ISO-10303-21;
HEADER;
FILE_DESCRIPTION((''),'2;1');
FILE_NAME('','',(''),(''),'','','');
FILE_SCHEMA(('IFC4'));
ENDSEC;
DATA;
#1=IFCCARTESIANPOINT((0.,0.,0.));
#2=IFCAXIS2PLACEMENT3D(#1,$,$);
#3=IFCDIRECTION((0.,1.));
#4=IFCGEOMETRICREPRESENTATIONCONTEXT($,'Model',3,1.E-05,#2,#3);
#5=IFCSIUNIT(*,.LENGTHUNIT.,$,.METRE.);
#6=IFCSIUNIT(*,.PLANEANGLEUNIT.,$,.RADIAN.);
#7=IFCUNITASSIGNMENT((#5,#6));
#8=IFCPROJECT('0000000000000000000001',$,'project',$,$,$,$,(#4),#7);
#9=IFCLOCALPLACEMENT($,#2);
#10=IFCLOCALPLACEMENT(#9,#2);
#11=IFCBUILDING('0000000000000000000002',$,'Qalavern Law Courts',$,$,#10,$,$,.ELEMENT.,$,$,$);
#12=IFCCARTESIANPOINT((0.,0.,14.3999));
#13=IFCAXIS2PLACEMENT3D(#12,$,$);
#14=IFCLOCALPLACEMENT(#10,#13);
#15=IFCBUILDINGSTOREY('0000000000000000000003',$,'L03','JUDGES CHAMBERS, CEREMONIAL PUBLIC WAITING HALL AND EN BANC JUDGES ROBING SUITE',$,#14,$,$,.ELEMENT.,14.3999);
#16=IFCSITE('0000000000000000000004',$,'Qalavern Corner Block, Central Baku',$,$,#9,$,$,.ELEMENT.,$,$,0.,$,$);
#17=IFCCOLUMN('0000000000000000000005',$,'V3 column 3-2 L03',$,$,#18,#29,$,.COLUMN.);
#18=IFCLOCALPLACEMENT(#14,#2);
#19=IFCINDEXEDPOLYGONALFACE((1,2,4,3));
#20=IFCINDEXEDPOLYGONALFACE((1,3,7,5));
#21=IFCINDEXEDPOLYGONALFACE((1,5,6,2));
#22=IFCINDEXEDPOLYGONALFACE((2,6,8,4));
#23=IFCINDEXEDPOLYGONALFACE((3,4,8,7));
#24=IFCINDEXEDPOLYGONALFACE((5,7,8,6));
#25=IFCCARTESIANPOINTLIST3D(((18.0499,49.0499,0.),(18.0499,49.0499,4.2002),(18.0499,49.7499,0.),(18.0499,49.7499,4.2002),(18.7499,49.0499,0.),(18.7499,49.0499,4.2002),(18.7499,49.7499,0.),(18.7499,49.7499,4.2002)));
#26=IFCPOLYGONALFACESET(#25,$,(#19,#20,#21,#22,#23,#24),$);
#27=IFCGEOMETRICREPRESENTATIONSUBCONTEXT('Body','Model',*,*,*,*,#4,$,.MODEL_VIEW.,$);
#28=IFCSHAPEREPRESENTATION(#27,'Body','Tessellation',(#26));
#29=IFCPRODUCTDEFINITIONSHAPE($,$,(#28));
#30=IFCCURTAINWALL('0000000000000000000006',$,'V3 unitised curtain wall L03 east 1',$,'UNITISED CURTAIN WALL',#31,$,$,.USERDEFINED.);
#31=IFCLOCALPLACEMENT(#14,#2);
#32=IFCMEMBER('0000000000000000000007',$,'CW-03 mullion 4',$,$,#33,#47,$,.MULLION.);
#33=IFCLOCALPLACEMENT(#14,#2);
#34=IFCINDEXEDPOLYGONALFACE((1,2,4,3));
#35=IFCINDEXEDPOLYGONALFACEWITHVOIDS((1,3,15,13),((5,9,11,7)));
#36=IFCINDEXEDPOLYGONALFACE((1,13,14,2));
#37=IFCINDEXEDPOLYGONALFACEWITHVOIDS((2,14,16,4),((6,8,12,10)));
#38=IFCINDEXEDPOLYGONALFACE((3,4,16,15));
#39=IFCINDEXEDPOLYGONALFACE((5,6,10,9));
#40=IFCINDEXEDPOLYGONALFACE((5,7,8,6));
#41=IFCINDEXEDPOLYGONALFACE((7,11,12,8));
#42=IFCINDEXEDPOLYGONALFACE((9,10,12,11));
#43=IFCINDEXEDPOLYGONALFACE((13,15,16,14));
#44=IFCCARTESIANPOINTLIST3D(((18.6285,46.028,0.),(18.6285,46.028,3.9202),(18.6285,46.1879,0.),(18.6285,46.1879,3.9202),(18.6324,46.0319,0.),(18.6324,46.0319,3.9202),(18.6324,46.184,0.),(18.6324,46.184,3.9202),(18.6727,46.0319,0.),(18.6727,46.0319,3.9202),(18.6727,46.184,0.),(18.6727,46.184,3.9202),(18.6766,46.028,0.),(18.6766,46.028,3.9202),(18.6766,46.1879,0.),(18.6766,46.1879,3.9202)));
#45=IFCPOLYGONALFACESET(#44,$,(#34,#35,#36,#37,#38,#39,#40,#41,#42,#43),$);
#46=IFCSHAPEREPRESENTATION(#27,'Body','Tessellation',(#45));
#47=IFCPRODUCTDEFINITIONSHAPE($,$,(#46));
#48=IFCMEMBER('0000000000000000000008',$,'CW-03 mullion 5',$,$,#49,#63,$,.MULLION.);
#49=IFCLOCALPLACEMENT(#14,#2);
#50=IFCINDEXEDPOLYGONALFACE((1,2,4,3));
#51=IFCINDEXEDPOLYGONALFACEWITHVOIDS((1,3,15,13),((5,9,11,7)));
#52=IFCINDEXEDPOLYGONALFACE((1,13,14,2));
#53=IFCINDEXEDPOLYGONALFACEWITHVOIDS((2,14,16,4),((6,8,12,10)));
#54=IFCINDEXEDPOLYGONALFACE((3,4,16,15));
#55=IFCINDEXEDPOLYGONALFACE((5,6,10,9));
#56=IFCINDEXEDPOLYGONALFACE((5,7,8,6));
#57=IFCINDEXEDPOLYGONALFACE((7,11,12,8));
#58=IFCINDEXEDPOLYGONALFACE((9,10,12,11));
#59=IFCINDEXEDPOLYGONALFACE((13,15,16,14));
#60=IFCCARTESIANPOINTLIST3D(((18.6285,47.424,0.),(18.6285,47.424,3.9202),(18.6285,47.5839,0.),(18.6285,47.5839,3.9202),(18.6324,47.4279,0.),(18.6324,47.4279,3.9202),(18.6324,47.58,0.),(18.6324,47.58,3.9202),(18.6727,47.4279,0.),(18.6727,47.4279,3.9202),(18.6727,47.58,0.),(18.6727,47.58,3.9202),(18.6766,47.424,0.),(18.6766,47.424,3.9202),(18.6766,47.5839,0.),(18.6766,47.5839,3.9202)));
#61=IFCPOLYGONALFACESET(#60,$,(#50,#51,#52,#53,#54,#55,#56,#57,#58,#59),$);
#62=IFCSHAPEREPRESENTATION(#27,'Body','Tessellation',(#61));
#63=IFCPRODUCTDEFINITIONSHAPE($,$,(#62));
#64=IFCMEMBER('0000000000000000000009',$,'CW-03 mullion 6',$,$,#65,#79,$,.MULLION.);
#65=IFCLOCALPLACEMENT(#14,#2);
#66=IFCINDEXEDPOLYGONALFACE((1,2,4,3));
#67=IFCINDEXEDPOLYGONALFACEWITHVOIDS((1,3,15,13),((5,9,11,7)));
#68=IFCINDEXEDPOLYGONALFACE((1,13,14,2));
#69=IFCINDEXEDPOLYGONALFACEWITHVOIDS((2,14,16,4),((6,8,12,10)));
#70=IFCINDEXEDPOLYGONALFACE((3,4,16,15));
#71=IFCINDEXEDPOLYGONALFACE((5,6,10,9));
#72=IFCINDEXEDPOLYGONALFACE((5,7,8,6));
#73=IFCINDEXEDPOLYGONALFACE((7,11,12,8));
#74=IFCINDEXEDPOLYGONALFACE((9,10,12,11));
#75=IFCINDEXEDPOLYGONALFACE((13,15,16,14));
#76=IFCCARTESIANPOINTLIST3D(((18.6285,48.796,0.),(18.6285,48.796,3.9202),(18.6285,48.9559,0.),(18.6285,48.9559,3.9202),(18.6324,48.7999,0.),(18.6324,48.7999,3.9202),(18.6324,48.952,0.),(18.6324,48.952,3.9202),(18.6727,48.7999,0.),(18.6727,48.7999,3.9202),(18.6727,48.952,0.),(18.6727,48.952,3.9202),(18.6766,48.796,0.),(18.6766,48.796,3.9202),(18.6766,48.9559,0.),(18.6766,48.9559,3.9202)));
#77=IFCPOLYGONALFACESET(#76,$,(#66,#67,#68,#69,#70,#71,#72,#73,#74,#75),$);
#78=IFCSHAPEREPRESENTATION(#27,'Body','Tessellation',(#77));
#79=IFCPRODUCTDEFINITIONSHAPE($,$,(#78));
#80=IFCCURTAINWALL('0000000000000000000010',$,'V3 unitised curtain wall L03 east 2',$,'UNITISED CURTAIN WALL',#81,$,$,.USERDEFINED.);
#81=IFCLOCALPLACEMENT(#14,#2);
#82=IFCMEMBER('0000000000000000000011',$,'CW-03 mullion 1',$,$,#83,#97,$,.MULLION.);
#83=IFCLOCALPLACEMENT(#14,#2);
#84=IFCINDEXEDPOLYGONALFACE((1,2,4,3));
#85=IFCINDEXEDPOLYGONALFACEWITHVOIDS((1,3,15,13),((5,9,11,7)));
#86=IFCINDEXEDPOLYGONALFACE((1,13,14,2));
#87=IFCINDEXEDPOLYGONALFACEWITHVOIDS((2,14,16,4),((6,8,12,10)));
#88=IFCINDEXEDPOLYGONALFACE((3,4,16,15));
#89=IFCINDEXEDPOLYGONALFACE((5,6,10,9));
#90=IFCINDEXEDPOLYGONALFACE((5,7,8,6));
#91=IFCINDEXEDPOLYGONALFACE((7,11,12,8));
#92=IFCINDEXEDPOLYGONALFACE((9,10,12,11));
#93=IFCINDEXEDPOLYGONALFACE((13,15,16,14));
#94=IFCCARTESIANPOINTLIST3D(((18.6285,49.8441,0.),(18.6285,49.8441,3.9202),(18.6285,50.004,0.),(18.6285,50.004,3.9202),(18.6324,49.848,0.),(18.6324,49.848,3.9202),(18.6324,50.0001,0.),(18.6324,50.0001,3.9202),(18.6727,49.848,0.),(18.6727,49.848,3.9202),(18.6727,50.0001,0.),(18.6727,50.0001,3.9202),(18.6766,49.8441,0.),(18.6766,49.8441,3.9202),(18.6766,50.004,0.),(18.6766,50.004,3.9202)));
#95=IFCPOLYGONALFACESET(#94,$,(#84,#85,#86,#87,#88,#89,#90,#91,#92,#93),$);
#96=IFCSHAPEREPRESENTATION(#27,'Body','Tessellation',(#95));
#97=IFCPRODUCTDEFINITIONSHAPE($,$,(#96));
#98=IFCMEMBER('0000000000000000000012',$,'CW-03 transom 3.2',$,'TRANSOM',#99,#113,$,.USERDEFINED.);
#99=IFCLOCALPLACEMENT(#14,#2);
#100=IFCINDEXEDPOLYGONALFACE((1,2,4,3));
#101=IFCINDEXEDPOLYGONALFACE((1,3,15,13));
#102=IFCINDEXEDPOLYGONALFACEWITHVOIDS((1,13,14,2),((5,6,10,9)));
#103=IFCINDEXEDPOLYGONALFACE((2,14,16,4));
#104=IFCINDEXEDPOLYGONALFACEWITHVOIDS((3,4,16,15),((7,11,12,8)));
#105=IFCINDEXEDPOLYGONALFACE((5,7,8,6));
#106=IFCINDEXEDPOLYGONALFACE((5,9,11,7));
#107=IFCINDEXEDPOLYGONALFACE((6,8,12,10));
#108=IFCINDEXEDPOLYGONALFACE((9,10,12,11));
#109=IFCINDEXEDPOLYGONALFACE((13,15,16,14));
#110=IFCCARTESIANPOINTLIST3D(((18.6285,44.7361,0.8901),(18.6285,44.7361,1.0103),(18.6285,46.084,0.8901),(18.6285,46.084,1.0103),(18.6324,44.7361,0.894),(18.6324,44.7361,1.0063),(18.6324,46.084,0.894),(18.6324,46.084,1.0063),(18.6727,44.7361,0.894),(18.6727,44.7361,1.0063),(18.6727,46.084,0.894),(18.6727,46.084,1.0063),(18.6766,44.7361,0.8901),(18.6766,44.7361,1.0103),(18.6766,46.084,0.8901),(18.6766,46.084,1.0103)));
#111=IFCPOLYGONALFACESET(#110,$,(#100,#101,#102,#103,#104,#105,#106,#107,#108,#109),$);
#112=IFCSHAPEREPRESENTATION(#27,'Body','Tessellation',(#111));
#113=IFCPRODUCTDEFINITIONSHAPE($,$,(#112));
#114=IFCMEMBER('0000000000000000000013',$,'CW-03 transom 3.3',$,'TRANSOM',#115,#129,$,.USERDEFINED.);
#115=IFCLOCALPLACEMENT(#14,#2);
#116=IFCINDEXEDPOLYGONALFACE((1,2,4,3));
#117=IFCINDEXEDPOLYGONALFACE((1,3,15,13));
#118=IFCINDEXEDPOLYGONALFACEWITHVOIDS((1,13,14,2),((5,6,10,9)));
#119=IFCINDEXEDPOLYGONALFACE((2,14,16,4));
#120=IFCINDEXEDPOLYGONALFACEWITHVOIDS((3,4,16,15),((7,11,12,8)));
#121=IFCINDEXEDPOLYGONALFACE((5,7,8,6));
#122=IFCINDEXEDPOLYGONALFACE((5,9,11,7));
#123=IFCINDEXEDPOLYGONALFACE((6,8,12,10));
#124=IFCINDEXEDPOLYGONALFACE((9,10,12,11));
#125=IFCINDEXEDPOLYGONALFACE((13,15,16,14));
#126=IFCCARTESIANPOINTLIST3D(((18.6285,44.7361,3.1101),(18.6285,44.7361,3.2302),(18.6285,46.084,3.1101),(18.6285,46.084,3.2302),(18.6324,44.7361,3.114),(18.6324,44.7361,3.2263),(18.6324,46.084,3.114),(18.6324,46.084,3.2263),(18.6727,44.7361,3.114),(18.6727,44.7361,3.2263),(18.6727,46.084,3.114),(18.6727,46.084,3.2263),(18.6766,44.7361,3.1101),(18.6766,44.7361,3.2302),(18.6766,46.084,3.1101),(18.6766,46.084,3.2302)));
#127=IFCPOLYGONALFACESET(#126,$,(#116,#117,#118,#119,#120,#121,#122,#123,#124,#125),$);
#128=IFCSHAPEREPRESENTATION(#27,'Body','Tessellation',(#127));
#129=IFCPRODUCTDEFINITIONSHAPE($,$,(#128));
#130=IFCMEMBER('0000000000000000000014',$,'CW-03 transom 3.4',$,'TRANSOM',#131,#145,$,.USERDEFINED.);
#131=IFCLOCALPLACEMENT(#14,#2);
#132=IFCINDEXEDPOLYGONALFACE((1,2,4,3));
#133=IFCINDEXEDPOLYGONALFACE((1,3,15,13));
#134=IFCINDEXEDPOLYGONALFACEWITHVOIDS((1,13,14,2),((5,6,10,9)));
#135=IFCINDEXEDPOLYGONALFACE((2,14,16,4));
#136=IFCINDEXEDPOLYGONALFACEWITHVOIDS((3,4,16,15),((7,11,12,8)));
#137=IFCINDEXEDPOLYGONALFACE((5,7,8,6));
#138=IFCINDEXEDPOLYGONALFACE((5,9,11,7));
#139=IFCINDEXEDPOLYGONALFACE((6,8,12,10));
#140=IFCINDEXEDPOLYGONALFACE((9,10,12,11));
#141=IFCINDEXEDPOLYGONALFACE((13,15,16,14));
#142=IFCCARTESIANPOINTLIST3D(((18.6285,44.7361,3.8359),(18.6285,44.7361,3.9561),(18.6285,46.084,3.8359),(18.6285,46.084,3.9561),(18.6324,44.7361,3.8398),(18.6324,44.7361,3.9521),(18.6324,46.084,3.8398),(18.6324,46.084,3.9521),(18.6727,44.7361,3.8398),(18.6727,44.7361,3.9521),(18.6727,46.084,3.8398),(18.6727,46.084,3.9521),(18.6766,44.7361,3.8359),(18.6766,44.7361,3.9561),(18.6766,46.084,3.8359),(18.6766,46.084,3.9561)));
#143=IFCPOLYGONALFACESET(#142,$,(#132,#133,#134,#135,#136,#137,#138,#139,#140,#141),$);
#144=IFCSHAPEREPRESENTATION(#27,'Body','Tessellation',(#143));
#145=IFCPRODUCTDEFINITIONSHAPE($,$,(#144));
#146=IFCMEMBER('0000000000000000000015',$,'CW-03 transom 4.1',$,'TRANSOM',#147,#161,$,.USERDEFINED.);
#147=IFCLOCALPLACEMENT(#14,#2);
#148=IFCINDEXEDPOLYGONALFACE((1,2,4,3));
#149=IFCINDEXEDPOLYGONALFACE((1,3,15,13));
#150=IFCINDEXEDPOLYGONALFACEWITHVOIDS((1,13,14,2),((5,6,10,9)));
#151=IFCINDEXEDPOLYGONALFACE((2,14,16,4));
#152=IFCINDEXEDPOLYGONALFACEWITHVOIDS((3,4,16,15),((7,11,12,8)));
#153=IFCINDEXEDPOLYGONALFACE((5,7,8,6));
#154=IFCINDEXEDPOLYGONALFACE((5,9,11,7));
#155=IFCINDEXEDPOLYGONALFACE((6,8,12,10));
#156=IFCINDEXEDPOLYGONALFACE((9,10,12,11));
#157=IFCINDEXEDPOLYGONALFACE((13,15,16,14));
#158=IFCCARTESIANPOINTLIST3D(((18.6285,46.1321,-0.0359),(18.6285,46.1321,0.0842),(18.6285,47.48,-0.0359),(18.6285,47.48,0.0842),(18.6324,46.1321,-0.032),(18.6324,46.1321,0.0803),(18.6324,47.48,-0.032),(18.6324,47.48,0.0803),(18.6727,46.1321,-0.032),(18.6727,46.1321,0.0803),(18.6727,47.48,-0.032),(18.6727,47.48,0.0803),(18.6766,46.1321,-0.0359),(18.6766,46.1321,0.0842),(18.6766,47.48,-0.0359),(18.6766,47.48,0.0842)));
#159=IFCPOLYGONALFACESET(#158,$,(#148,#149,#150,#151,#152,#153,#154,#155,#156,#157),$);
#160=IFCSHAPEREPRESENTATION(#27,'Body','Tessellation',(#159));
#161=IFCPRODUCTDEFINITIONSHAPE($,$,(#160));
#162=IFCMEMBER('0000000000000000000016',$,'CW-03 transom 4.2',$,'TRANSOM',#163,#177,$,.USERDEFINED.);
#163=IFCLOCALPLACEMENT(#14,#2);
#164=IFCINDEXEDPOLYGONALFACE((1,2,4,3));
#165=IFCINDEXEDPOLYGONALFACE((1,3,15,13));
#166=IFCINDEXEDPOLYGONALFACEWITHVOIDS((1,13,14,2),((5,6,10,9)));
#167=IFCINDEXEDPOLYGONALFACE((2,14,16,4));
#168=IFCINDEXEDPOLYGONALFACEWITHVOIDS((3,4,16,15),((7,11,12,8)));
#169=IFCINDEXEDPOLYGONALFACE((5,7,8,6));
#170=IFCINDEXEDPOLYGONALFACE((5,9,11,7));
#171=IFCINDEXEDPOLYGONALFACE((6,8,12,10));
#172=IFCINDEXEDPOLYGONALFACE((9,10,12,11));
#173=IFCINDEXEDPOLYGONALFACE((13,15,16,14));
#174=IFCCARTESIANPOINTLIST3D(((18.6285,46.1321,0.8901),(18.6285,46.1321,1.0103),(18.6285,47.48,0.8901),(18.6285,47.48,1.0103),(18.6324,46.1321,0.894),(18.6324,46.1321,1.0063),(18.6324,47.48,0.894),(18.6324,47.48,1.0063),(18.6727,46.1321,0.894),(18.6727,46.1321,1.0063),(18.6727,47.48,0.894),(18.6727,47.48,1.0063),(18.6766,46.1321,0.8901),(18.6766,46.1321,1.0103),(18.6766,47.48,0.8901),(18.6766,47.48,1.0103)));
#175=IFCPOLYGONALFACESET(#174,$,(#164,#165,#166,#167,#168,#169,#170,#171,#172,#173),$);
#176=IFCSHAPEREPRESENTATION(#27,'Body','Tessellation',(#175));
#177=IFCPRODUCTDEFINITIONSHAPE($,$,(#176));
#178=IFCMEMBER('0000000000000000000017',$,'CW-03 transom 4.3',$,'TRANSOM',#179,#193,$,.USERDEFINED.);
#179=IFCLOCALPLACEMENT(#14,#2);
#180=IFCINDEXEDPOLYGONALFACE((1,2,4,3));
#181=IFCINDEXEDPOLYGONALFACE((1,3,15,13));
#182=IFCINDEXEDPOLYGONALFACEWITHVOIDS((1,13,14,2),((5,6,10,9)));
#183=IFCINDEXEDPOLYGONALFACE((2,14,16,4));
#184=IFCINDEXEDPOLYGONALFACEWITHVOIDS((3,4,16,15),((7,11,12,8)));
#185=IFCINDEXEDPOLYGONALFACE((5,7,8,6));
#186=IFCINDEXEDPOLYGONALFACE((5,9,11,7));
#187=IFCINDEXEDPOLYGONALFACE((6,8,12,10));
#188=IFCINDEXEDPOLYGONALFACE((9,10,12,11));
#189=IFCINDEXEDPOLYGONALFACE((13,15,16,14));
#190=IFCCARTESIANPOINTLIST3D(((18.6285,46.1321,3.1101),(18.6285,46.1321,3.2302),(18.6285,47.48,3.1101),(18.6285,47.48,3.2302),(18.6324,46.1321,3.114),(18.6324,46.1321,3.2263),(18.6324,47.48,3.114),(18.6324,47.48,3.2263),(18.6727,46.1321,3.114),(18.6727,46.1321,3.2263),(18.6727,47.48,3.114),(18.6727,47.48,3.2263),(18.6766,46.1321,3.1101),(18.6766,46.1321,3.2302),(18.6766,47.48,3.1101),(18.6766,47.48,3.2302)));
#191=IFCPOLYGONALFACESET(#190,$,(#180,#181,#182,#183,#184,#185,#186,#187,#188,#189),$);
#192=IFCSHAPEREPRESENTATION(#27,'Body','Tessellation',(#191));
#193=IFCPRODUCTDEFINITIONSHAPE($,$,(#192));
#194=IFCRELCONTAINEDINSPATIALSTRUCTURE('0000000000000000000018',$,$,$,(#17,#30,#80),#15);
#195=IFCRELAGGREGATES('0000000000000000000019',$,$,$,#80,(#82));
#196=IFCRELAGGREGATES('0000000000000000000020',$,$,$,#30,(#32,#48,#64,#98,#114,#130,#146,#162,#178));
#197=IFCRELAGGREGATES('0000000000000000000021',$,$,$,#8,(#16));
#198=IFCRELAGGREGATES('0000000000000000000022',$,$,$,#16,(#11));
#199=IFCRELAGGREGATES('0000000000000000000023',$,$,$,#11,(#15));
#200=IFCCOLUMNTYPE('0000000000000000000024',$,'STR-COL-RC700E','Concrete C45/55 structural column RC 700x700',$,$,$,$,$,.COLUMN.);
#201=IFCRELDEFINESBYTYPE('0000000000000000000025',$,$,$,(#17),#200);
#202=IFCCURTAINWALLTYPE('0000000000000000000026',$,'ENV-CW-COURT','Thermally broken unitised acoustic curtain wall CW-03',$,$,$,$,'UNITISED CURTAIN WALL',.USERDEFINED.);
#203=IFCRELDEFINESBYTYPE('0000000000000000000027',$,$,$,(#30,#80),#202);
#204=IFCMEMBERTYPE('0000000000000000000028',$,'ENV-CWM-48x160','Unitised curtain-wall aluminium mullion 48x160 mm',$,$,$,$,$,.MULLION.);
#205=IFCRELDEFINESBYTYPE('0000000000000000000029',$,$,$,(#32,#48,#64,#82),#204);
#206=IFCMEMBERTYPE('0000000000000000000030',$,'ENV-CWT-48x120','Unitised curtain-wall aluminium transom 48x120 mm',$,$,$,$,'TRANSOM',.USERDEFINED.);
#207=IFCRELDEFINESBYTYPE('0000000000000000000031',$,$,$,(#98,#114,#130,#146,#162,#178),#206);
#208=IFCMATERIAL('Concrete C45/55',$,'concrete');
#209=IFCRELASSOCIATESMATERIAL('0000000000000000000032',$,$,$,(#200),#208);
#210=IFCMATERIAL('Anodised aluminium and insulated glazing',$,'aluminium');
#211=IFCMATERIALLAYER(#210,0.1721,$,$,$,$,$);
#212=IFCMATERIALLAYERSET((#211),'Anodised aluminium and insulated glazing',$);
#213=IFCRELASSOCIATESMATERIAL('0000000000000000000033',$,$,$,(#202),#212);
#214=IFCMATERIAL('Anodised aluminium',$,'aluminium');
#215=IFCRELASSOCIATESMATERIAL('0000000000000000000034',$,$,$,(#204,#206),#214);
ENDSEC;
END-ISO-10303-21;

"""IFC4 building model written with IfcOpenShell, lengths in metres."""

from ifc_helpers import new_model, si_unit, direction, frame, origin, origin_2d, place, context, subcontext, project, spatial, rectangle, hollow_rectangle, extrude, material, layer, layer_set, material_profile, profile_set, type_object, element, aggregate, save


model = new_model("IFC4")

# Units and contexts
model_context = context("Model", 3, precision=1e-05, world=origin(), true_north=direction((0.0, 1.0)))
body_context = subcontext(model_context, "Body", "Model", "MODEL_VIEW")
ifc_project = project(units=[si_unit("LENGTHUNIT", "METRE"), si_unit("PLANEANGLEUNIT", "RADIAN")], contexts=[model_context])

# Site, building, storey
site_placement = place(None, origin())
site = spatial("IfcSite", under=ifc_project, at=site_placement, Name="Qalavern Corner Block, Central Baku", CompositionType="ELEMENT", RefElevation=0.0)
building_placement = place(site_placement, origin())
building = spatial("IfcBuilding", under=site, at=building_placement, Name="Qalavern Law Courts", CompositionType="ELEMENT")
storey_placement = place(building_placement, frame((0.0, 0.0, 14.3999)))
storey = spatial("IfcBuildingStorey", under=building, at=storey_placement, Name="L03", Description="JUDGES CHAMBERS, CEREMONIAL PUBLIC WAITING HALL AND EN BANC JUDGES ROBING SUITE", CompositionType="ELEMENT", Elevation=14.3999)

# Column
ifc_material_1 = material(Name="Concrete C45/55", Category="concrete")
ifc_material_profile_1 = material_profile(ifc_material_1, rectangle(XDim=0.7, YDim=0.7, at=origin_2d()), Name="RC 700x700")
ifc_profile_set_1 = profile_set([ifc_material_profile_1], Name="Concrete C45/55")
column_type = type_object("IfcColumnType", Name="STR-COL-RC700E", Description="Concrete C45/55 structural column RC 700x700", PredefinedType="COLUMN", material=ifc_profile_set_1)
column_placement = place(storey_placement, frame((18.3999, 49.3999, 0.0), z_axis=(0.0, 0.0, 1.0), x_axis=(1.0, 0.0, 0.0)))
element("IfcColumn", 1, at=column_placement, inside=storey, type_object=column_type, Name="V3 column 3-2 L03", PredefinedType="COLUMN", context=body_context, shape_type="SweptSolid", body=[
    extrude(rectangle(XDim=0.7, YDim=0.7, at=origin_2d()), origin(), (0.0, 0.0, 1.0), 4.2002),
])

# Curtain wall, members
ifc_material_2 = material(Name="Anodised aluminium and insulated glazing", Category="aluminium")
ifc_layer_1 = layer(ifc_material_2, 0.1721)
ifc_layer_set_1 = layer_set([ifc_layer_1], Name="Anodised aluminium and insulated glazing")
curtain_wall_type = type_object("IfcCurtainWallType", Name="ENV-CW-COURT", Description="Thermally broken unitised acoustic curtain wall CW-03", ElementType="UNITISED CURTAIN WALL", PredefinedType="USERDEFINED", material=ifc_layer_set_1)
curtain_wall_1_placement = place(storey_placement, origin())
curtain_wall_1 = element("IfcCurtainWall", 2, at=curtain_wall_1_placement, inside=storey, type_object=curtain_wall_type, Name="V3 unitised curtain wall L03 east 1", ObjectType="UNITISED CURTAIN WALL", PredefinedType="USERDEFINED")
ifc_material_3 = material(Name="Anodised aluminium", Category="aluminium")
ifc_material_profile_2 = material_profile(ifc_material_3, hollow_rectangle(XDim=0.0481, YDim=0.1599, WallThickness=0.0039, at=origin_2d()), Name="ALU MULLION 48x160")
ifc_profile_set_2 = profile_set([ifc_material_profile_2], Name="Anodised aluminium")
member_type_1 = type_object("IfcMemberType", Name="ENV-CWM-48x160", Description="Unitised curtain-wall aluminium mullion 48x160 mm", PredefinedType="MULLION", material=ifc_profile_set_2)
member_1_placement = place(storey_placement, frame((18.6526, 46.1079, 0.0), z_axis=(0.0, 0.0, 1.0), x_axis=(-1.0, 0.0, 0.0)))
member_1 = element("IfcMember", 3, at=member_1_placement, type_object=member_type_1, Name="CW-03 mullion 4", PredefinedType="MULLION", context=body_context, shape_type="SweptSolid", body=[
    extrude(hollow_rectangle(XDim=0.0481, YDim=0.1599, WallThickness=0.0039, at=origin_2d()), origin(), (0.0, 0.0, 1.0), 3.9202),
])
member_2_placement = place(storey_placement, frame((18.6526, 47.5039, 0.0), z_axis=(0.0, 0.0, 1.0), x_axis=(-1.0, 0.0, 0.0)))
member_2 = element("IfcMember", 4, at=member_2_placement, type_object=member_type_1, Name="CW-03 mullion 5", PredefinedType="MULLION", context=body_context, shape_type="SweptSolid", body=[
    extrude(hollow_rectangle(XDim=0.0481, YDim=0.1599, WallThickness=0.0039, at=origin_2d()), origin(), (0.0, 0.0, 1.0), 3.9202),
])
member_3_placement = place(storey_placement, frame((18.6526, 48.876, 0.0), z_axis=(0.0, 0.0, 1.0), x_axis=(-1.0, 0.0, 0.0)))
member_3 = element("IfcMember", 5, at=member_3_placement, type_object=member_type_1, Name="CW-03 mullion 6", PredefinedType="MULLION", context=body_context, shape_type="SweptSolid", body=[
    extrude(hollow_rectangle(XDim=0.0481, YDim=0.1599, WallThickness=0.0039, at=origin_2d()), origin(), (0.0, 0.0, 1.0), 3.9202),
])

# Curtain wall, member
curtain_wall_2_placement = place(storey_placement, origin())
curtain_wall_2 = element("IfcCurtainWall", 6, at=curtain_wall_2_placement, inside=storey, type_object=curtain_wall_type, Name="V3 unitised curtain wall L03 east 2", ObjectType="UNITISED CURTAIN WALL", PredefinedType="USERDEFINED")
member_4_placement = place(storey_placement, frame((18.6526, 49.9241, 0.0), z_axis=(0.0, 0.0, 1.0), x_axis=(-1.0, 0.0, 0.0)))
member_4 = element("IfcMember", 7, at=member_4_placement, type_object=member_type_1, Name="CW-03 mullion 1", PredefinedType="MULLION", context=body_context, shape_type="SweptSolid", body=[
    extrude(hollow_rectangle(XDim=0.0481, YDim=0.1599, WallThickness=0.0039, at=origin_2d()), origin(), (0.0, 0.0, 1.0), 3.9202),
])

# Members
ifc_material_profile_3 = material_profile(ifc_material_3, hollow_rectangle(XDim=0.0481, YDim=0.1201, WallThickness=0.0039, at=origin_2d()), Name="ALU TRANSOM 48x120")
ifc_profile_set_3 = profile_set([ifc_material_profile_3], Name="Anodised aluminium")
member_type_2 = type_object("IfcMemberType", Name="ENV-CWT-48x120", Description="Unitised curtain-wall aluminium transom 48x120 mm", ElementType="TRANSOM", PredefinedType="USERDEFINED", material=ifc_profile_set_3)
member_5_placement = place(storey_placement, frame((18.6526, 44.7361, 0.9502), z_axis=(0.0, 1.0, 0.0), x_axis=(-1.0, 0.0, 0.0)))
member_5 = element("IfcMember", 8, at=member_5_placement, type_object=member_type_2, Name="CW-03 transom 3.2", ObjectType="TRANSOM", PredefinedType="USERDEFINED", context=body_context, shape_type="SweptSolid", body=[
    extrude(hollow_rectangle(XDim=0.0481, YDim=0.1201, WallThickness=0.0039, at=origin_2d()), origin(), (0.0, 0.0, 1.0), 1.3479),
])
member_6_placement = place(storey_placement, frame((18.6526, 44.7361, 3.1702), z_axis=(0.0, 1.0, 0.0), x_axis=(-1.0, 0.0, 0.0)))
member_6 = element("IfcMember", 9, at=member_6_placement, type_object=member_type_2, Name="CW-03 transom 3.3", ObjectType="TRANSOM", PredefinedType="USERDEFINED", context=body_context, shape_type="SweptSolid", body=[
    extrude(hollow_rectangle(XDim=0.0481, YDim=0.1201, WallThickness=0.0039, at=origin_2d()), origin(), (0.0, 0.0, 1.0), 1.3479),
])
member_7_placement = place(storey_placement, frame((18.6526, 44.7361, 3.896), z_axis=(0.0, 1.0, 0.0), x_axis=(-1.0, 0.0, 0.0)))
member_7 = element("IfcMember", 10, at=member_7_placement, type_object=member_type_2, Name="CW-03 transom 3.4", ObjectType="TRANSOM", PredefinedType="USERDEFINED", context=body_context, shape_type="SweptSolid", body=[
    extrude(hollow_rectangle(XDim=0.0481, YDim=0.1201, WallThickness=0.0039, at=origin_2d()), origin(), (0.0, 0.0, 1.0), 1.3479),
])
member_8_placement = place(storey_placement, frame((18.6526, 46.1321, 0.0242), z_axis=(0.0, 1.0, 0.0), x_axis=(-1.0, 0.0, 0.0)))
member_8 = element("IfcMember", 11, at=member_8_placement, type_object=member_type_2, Name="CW-03 transom 4.1", ObjectType="TRANSOM", PredefinedType="USERDEFINED", context=body_context, shape_type="SweptSolid", body=[
    extrude(hollow_rectangle(XDim=0.0481, YDim=0.1201, WallThickness=0.0039, at=origin_2d()), origin(), (0.0, 0.0, 1.0), 1.3479),
])
member_9_placement = place(storey_placement, frame((18.6526, 46.1321, 0.9502), z_axis=(0.0, 1.0, 0.0), x_axis=(-1.0, 0.0, 0.0)))
member_9 = element("IfcMember", 12, at=member_9_placement, type_object=member_type_2, Name="CW-03 transom 4.2", ObjectType="TRANSOM", PredefinedType="USERDEFINED", context=body_context, shape_type="SweptSolid", body=[
    extrude(hollow_rectangle(XDim=0.0481, YDim=0.1201, WallThickness=0.0039, at=origin_2d()), origin(), (0.0, 0.0, 1.0), 1.3479),
])
member_10_placement = place(storey_placement, frame((18.6526, 46.1321, 3.1702), z_axis=(0.0, 1.0, 0.0), x_axis=(-1.0, 0.0, 0.0)))
member_10 = element("IfcMember", 13, at=member_10_placement, type_object=member_type_2, Name="CW-03 transom 4.3", ObjectType="TRANSOM", PredefinedType="USERDEFINED", context=body_context, shape_type="SweptSolid", body=[
    extrude(hollow_rectangle(XDim=0.0481, YDim=0.1201, WallThickness=0.0039, at=origin_2d()), origin(), (0.0, 0.0, 1.0), 1.3479),
])
aggregate(curtain_wall_2, [member_4])

aggregate(curtain_wall_1, [member_1, member_2, member_3, member_5, member_6, member_7, member_8, member_9, member_10])

save(model, "model.ifc")
